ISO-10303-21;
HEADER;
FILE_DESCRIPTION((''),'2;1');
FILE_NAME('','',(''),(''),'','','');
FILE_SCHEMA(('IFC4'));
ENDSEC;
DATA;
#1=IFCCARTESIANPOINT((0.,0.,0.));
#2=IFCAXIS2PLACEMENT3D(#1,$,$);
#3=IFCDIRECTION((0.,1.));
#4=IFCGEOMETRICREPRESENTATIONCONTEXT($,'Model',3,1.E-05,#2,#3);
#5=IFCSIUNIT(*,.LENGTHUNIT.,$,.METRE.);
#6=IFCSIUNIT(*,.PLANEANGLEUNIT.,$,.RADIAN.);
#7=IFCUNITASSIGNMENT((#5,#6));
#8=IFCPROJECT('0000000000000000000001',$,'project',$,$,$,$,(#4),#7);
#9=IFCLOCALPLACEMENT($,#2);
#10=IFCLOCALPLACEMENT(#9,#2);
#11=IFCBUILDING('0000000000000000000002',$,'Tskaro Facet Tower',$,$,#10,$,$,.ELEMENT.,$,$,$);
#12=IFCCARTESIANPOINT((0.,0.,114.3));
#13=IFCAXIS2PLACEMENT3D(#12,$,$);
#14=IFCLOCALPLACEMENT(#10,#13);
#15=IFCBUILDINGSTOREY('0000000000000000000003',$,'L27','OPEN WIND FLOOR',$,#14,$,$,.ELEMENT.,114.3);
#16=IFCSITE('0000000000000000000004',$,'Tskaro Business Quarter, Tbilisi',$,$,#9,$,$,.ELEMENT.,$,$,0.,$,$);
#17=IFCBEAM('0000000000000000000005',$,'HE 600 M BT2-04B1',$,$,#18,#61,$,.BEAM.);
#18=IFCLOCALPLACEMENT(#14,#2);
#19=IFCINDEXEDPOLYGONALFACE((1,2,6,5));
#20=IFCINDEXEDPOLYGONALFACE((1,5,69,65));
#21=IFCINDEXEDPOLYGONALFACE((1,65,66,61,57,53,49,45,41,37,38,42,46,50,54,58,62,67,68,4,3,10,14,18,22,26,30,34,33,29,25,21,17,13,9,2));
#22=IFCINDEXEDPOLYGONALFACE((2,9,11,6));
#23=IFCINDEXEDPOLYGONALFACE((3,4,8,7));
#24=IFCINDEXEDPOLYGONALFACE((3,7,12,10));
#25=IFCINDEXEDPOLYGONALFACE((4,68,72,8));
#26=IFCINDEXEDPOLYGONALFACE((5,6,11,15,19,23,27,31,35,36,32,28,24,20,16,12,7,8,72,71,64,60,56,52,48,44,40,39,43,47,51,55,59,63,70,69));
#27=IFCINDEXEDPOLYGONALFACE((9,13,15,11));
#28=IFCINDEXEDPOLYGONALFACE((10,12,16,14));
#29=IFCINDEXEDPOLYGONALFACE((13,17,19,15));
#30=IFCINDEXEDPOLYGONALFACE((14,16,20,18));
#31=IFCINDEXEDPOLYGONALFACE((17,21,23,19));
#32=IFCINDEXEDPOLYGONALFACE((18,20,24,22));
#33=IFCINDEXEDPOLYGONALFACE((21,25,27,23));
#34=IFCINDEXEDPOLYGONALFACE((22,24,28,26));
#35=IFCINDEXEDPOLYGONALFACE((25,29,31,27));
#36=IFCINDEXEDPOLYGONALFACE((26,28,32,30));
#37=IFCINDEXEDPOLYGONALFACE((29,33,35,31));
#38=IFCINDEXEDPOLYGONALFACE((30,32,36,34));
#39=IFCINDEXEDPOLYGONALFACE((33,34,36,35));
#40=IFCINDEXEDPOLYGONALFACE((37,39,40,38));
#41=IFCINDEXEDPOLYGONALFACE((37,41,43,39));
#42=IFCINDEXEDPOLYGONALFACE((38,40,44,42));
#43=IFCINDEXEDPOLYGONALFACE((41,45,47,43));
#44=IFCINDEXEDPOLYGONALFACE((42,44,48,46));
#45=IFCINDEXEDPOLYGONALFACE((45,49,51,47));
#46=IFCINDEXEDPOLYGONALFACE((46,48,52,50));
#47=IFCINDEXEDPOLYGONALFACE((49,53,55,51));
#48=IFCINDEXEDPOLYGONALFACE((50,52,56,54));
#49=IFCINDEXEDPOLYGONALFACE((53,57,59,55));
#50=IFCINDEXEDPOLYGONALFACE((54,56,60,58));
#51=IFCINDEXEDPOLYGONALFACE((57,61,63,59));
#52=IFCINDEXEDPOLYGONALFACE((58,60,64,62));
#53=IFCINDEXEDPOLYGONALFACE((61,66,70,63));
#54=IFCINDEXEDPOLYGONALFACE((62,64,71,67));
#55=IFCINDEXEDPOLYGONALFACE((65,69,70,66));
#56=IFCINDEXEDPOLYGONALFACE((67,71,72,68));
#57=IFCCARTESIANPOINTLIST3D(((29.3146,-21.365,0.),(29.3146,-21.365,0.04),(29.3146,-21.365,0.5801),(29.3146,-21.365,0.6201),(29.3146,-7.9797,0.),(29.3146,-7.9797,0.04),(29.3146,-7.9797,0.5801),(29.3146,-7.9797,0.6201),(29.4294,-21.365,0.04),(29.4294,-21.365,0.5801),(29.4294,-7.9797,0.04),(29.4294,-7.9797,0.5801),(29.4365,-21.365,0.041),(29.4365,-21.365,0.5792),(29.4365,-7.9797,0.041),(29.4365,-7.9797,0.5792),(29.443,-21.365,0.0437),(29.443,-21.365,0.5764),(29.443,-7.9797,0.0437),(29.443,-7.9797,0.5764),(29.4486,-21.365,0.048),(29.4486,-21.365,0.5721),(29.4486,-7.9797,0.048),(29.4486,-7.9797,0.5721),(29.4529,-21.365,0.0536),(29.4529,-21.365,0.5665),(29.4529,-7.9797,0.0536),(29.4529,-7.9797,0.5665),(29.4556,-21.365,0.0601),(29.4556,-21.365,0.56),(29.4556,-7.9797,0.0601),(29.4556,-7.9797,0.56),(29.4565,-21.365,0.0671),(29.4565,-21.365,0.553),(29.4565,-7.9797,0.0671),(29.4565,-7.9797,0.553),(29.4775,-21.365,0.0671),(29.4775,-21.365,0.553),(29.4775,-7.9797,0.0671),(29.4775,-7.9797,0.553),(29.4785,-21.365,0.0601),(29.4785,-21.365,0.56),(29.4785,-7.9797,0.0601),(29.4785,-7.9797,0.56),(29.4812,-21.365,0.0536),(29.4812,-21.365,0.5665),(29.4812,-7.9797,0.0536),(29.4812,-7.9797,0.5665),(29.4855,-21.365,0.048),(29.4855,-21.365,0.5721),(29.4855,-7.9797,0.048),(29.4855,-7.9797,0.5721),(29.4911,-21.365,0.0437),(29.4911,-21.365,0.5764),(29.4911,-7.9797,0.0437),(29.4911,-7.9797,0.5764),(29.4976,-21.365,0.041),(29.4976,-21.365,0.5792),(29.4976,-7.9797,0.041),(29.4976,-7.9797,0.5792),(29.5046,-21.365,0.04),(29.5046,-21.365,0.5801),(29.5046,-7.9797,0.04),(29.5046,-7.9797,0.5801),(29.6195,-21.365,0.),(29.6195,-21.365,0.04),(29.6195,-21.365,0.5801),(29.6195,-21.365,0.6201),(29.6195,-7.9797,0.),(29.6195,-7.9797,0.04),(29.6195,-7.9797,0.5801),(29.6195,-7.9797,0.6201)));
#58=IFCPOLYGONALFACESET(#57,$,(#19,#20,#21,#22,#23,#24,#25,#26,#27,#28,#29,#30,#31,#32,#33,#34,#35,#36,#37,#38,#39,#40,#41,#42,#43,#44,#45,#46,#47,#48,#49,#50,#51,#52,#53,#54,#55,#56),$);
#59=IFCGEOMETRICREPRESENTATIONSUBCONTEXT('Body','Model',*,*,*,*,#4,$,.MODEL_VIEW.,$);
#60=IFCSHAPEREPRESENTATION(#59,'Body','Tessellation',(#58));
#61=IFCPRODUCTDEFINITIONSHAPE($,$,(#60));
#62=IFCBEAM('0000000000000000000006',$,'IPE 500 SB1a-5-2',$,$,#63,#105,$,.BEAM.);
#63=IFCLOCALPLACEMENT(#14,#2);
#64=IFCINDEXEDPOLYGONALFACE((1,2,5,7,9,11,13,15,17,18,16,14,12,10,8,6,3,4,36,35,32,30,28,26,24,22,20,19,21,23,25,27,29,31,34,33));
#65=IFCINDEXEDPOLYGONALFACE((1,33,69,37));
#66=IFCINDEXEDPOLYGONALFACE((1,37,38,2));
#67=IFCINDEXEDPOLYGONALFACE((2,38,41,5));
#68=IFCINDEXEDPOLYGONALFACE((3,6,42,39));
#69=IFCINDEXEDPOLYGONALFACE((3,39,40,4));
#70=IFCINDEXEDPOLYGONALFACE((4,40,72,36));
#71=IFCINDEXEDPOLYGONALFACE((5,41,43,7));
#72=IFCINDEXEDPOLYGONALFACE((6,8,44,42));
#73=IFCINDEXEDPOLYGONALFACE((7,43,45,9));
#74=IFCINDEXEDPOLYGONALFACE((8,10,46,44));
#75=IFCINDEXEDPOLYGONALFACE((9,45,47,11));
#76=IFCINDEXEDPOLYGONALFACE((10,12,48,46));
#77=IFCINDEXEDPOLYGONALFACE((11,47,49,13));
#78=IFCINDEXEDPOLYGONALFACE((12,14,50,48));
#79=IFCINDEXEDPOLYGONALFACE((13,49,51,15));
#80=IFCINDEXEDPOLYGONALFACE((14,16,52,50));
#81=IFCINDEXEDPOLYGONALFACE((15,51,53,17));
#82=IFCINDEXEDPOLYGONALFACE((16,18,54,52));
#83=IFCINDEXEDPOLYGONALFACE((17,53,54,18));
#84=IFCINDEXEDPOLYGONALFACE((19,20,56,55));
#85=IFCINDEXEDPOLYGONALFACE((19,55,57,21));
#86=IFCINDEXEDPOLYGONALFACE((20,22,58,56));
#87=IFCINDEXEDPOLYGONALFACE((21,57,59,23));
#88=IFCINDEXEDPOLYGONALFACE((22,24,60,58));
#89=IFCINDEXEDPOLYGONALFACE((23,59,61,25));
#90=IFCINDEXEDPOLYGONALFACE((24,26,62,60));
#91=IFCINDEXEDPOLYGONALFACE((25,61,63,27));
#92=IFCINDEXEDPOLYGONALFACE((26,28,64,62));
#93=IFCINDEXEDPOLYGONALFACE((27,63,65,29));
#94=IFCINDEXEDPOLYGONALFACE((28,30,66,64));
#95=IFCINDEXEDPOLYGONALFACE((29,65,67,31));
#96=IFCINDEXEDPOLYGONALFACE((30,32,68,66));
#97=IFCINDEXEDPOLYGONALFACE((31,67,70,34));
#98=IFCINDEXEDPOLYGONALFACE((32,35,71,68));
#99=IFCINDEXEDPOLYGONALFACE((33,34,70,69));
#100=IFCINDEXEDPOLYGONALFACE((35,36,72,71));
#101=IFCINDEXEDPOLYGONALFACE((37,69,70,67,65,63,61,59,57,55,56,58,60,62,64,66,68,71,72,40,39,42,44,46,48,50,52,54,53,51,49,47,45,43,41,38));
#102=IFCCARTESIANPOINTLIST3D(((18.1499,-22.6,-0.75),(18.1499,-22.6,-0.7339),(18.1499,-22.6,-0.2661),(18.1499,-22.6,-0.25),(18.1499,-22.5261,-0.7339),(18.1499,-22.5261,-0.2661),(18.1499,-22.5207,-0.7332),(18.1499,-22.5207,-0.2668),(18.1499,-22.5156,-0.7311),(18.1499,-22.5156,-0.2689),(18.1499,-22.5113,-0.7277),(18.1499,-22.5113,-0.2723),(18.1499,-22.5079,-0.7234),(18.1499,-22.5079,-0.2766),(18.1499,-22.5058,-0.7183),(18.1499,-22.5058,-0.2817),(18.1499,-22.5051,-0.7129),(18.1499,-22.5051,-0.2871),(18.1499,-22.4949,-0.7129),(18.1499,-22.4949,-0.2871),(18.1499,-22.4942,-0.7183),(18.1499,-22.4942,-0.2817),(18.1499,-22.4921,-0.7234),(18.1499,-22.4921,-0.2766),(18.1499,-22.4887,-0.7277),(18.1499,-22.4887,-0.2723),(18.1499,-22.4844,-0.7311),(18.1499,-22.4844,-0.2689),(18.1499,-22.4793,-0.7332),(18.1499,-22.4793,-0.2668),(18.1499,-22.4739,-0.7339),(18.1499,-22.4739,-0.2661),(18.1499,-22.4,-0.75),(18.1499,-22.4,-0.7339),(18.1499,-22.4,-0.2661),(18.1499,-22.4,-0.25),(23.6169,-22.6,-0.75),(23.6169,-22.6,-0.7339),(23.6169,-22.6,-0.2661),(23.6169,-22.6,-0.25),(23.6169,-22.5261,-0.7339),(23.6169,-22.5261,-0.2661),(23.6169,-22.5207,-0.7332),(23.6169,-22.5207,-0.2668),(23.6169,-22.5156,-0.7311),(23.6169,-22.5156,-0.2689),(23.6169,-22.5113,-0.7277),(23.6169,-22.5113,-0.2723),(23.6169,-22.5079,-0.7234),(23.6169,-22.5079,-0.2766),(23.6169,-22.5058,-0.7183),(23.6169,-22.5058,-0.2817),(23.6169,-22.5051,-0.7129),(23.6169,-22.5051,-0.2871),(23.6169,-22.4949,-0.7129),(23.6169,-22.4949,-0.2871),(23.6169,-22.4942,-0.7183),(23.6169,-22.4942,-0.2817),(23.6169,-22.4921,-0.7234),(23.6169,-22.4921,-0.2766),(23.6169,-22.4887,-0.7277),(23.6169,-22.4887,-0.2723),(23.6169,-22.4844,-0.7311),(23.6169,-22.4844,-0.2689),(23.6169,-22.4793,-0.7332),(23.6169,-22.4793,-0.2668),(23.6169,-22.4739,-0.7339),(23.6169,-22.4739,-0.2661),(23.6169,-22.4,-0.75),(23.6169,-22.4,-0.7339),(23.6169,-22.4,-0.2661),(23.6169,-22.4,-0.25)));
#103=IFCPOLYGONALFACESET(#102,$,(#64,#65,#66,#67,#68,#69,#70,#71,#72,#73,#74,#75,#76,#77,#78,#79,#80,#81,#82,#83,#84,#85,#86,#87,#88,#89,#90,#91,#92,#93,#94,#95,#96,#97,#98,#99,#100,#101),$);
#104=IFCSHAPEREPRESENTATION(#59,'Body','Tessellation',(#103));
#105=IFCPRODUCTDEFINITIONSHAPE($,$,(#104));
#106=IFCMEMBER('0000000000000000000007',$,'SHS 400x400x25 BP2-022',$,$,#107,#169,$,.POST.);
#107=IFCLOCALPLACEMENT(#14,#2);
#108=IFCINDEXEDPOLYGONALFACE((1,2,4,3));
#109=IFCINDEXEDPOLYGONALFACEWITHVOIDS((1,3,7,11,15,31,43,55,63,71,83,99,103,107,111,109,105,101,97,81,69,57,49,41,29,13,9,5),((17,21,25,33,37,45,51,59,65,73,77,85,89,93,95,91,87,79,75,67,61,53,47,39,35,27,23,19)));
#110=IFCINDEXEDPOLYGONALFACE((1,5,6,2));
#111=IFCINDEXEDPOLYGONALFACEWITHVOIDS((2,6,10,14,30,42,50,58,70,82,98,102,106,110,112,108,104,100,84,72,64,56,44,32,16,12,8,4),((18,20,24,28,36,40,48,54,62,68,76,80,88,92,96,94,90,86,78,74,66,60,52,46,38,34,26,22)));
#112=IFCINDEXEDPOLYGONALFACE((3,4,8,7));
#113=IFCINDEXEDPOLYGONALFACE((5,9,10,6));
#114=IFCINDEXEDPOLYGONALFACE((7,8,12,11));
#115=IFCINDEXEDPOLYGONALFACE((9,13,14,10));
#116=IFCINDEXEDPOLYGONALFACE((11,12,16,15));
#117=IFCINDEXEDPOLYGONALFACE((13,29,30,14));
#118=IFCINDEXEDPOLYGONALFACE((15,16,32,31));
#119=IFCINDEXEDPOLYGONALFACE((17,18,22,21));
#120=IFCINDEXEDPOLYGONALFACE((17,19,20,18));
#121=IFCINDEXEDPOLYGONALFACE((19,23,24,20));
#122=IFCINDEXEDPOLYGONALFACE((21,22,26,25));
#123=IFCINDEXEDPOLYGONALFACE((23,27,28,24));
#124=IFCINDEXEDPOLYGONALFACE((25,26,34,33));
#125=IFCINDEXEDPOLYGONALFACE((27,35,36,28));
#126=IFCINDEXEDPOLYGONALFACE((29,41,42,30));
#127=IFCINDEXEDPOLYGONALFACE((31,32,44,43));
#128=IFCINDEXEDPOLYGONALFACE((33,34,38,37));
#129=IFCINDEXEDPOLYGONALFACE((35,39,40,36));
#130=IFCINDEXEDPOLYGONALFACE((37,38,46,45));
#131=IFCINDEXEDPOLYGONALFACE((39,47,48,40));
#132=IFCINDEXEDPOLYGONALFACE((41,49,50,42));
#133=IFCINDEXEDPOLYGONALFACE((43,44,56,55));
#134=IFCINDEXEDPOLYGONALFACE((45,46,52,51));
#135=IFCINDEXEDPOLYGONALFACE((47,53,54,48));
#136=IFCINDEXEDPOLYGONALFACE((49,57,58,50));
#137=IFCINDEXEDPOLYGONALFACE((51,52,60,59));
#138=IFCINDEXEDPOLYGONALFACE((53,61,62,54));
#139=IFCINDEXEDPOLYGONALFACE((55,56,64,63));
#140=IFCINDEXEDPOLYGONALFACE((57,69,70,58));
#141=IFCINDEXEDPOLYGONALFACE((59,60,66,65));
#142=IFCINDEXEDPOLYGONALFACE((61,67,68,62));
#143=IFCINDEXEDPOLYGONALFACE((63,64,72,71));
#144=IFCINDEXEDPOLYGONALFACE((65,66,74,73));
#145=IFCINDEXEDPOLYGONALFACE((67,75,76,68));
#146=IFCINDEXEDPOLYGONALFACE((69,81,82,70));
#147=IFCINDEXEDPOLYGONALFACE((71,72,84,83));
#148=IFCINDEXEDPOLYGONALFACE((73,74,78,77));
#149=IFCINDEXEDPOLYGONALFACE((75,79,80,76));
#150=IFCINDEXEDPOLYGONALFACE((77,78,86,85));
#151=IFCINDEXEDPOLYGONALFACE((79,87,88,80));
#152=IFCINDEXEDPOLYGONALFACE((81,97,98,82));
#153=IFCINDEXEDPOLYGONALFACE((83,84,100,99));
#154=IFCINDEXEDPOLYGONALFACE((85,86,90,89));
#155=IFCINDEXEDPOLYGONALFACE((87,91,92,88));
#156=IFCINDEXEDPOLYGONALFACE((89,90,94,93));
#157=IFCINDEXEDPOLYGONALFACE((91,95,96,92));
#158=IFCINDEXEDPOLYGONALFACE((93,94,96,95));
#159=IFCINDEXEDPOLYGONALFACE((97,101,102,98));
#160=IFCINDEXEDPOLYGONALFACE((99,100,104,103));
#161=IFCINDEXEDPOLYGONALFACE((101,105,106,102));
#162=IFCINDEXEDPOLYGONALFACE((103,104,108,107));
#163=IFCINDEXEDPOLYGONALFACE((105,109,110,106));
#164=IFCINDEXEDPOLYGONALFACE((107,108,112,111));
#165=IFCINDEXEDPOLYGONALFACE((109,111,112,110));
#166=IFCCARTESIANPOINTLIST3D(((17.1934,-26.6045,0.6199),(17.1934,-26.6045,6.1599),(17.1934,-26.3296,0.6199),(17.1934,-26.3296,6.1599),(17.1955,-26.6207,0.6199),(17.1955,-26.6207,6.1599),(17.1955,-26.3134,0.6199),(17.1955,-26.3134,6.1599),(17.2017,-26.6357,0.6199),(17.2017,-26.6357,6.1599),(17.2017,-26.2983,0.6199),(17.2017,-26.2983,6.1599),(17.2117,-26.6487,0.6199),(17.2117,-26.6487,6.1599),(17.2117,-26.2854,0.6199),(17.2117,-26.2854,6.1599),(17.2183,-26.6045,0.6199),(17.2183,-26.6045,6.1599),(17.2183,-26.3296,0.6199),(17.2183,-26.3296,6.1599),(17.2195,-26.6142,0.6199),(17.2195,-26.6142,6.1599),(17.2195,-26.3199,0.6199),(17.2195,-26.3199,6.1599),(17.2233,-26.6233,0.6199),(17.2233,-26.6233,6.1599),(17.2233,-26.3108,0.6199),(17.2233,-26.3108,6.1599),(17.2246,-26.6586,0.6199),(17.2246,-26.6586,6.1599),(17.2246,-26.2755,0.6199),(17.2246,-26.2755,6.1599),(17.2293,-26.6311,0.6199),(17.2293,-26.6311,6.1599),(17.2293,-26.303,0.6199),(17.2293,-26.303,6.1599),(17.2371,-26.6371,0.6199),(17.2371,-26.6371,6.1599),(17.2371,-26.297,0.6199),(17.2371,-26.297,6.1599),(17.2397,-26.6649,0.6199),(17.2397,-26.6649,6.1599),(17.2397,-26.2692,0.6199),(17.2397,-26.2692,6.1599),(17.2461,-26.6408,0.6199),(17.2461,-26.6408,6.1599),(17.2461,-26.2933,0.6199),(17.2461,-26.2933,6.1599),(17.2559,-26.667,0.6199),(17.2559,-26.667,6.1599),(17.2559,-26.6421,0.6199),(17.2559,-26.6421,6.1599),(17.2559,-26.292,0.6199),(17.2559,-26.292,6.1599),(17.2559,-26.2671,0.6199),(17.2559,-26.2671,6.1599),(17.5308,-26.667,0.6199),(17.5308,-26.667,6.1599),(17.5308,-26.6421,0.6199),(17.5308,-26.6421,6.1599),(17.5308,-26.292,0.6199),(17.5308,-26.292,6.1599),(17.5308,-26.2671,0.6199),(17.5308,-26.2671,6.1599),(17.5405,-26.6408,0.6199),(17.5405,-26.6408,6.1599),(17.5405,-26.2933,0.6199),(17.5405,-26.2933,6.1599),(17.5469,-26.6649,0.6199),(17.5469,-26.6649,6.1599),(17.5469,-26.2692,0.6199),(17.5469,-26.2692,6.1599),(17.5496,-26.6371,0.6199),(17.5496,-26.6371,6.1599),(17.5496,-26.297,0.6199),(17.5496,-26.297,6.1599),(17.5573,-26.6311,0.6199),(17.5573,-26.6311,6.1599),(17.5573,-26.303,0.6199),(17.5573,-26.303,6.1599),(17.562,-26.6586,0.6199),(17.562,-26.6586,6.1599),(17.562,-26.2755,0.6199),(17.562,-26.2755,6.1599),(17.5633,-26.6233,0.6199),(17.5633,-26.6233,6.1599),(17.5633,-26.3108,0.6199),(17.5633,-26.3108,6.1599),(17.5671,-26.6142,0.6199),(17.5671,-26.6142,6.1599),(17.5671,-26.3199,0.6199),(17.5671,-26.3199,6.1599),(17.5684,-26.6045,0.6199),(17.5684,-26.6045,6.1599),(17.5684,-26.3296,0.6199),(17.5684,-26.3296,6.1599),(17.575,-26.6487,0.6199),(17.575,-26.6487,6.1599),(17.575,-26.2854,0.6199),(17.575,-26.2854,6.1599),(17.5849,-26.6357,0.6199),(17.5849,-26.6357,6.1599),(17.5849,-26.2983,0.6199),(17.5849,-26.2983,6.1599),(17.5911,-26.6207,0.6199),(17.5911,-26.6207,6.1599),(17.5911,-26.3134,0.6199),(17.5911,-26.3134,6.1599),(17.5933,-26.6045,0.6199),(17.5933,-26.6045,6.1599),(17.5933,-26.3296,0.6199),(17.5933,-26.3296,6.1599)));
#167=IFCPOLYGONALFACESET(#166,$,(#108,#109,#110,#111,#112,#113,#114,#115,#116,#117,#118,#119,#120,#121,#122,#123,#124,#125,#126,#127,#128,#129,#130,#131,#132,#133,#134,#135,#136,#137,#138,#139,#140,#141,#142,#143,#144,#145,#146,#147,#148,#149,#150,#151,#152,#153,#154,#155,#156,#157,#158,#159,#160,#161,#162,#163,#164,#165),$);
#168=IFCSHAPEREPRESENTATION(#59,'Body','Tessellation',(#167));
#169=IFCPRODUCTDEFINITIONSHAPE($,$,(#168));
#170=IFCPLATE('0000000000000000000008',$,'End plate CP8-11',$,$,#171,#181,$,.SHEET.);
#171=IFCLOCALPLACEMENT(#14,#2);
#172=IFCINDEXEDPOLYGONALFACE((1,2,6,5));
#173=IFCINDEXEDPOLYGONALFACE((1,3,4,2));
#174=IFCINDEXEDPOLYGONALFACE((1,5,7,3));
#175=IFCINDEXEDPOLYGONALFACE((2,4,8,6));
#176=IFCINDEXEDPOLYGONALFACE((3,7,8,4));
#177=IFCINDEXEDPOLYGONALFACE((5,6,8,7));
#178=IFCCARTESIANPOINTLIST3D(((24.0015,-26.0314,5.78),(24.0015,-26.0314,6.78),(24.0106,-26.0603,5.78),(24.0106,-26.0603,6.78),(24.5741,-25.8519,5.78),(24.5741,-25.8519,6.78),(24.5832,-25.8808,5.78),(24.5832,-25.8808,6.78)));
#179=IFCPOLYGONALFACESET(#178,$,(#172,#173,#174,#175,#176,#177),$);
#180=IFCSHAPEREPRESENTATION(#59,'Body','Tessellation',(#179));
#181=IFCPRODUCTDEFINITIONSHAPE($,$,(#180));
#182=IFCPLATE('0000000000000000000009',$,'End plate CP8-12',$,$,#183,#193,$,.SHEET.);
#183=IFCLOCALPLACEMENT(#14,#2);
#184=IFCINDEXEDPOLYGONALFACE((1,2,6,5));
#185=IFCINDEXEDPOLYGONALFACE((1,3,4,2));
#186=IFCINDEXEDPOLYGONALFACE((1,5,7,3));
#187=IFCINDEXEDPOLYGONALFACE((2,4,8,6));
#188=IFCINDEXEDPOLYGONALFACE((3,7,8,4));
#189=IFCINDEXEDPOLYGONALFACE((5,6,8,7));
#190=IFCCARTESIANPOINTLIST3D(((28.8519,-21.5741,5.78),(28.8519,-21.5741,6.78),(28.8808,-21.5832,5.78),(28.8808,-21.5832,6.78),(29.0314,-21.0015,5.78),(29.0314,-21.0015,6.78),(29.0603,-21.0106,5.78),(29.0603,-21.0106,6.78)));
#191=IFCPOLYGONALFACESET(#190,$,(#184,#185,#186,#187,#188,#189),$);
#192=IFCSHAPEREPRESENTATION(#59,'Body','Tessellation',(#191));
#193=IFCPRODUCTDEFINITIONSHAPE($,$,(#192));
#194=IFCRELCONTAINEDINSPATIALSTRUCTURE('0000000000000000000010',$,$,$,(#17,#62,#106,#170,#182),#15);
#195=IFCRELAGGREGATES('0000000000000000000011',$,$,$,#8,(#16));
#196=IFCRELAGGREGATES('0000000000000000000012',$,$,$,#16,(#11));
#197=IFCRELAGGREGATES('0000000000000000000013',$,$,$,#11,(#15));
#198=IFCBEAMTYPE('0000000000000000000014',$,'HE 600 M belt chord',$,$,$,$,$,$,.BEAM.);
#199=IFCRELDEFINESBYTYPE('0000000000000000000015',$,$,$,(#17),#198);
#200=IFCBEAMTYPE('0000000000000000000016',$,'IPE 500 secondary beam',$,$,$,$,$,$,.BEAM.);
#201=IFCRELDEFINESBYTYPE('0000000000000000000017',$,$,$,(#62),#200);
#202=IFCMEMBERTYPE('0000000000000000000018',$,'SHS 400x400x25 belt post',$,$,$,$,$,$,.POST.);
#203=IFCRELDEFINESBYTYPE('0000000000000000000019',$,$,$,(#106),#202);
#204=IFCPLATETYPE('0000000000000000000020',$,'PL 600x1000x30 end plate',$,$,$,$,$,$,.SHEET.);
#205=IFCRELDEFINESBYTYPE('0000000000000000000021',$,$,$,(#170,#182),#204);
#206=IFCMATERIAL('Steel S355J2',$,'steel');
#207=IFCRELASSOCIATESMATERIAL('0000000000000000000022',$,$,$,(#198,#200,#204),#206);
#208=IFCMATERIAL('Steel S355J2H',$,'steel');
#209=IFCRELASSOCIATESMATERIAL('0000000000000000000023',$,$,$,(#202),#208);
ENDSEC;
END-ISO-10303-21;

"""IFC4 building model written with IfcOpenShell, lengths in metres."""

from ifc_helpers import new_model, si_unit, direction, frame, origin, origin_2d, place, context, subcontext, project, spatial, rectangle, hollow_rectangle, i_section, extrude, material, material_profile, profile_set, type_object, element, save


model = new_model("IFC4")

# Units and contexts
model_context = context("Model", 3, precision=1e-05, world=origin(), true_north=direction((0.0, 1.0)))
body_context = subcontext(model_context, "Body", "Model", "MODEL_VIEW")
ifc_project = project(units=[si_unit("LENGTHUNIT", "METRE"), si_unit("PLANEANGLEUNIT", "RADIAN")], contexts=[model_context])

# Site, building, storey
site_placement = place(None, origin())
site = spatial("IfcSite", under=ifc_project, at=site_placement, Name="Tskaro Business Quarter, Tbilisi", CompositionType="ELEMENT", RefElevation=0.0)
building_placement = place(site_placement, origin())
building = spatial("IfcBuilding", under=site, at=building_placement, Name="Tskaro Facet Tower", CompositionType="ELEMENT")
storey_placement = place(building_placement, frame((0.0, 0.0, 114.3)))
storey = spatial("IfcBuildingStorey", under=building, at=storey_placement, Name="L27", Description="OPEN WIND FLOOR", CompositionType="ELEMENT", Elevation=114.3)

# Shared definitions
ifc_material_1 = material(Name="Steel S355J2H", Category="steel")

# Shared definitions
ifc_material_2 = material(Name="Steel S355J2", Category="steel")

# Beams
ifc_material_profile_1 = material_profile(ifc_material_2, i_section(OverallWidth=0.3049, OverallDepth=0.6201, WebThickness=0.021, FlangeThickness=0.04, FilletRadius=0.0271, at=origin_2d()), Name="HE 600 M")
ifc_profile_set_1 = profile_set([ifc_material_profile_1], Name="Steel S355J2")
beam_type_1 = type_object("IfcBeamType", Name="HE 600 M belt chord", PredefinedType="BEAM", material=ifc_profile_set_1)
beam_1_placement = place(storey_placement, frame((29.467, -21.365, 0.3101), z_axis=(0.0, 1.0, 0.0), x_axis=(-1.0, 0.0, 0.0)))
element("IfcBeam", 1, at=beam_1_placement, inside=storey, type_object=beam_type_1, Name="HE 600 M BT2-04B1", PredefinedType="BEAM", context=body_context, shape_type="SweptSolid", body=[
    extrude(i_section(OverallWidth=0.3049, OverallDepth=0.6201, WebThickness=0.021, FlangeThickness=0.04, FilletRadius=0.0271, at=origin_2d()), origin(), (0.0, 0.0, 1.0), 13.3853),
])
ifc_material_profile_2 = material_profile(ifc_material_2, i_section(OverallWidth=0.2, OverallDepth=0.5, WebThickness=0.0103, FlangeThickness=0.0161, FilletRadius=0.021, at=origin_2d()), Name="IPE 500")
ifc_profile_set_2 = profile_set([ifc_material_profile_2], Name="Steel S355J2")
beam_type_2 = type_object("IfcBeamType", Name="IPE 500 secondary beam", PredefinedType="BEAM", material=ifc_profile_set_2)
beam_2_placement = place(storey_placement, frame((18.1499, -22.5, -0.5), z_axis=(1.0, 0.0, 0.0), x_axis=(0.0, 1.0, 0.0)))
element("IfcBeam", 2, at=beam_2_placement, inside=storey, type_object=beam_type_2, Name="IPE 500 SB1a-5-2", PredefinedType="BEAM", context=body_context, shape_type="SweptSolid", body=[
    extrude(i_section(OverallWidth=0.2, OverallDepth=0.5, WebThickness=0.0103, FlangeThickness=0.0161, FilletRadius=0.021, at=origin_2d()), origin(), (0.0, 0.0, 1.0), 5.467),
])

# Member
ifc_material_profile_3 = material_profile(ifc_material_1, hollow_rectangle(XDim=0.3999, YDim=0.3999, WallThickness=0.0249, InnerFilletRadius=0.0376, OuterFilletRadius=0.0625, at=origin_2d()), Name="SHS 400x400x25")
ifc_profile_set_3 = profile_set([ifc_material_profile_3], Name="Steel S355J2H")
member_type_1 = type_object("IfcMemberType", Name="SHS 400x400x25 belt post", PredefinedType="POST", material=ifc_profile_set_3)
member_1_placement = place(storey_placement, frame((17.3933, -26.467, 0.6199), z_axis=(0.0, 0.0, 1.0), x_axis=(1.0, 0.0, 0.0)))
element("IfcMember", 3, at=member_1_placement, inside=storey, type_object=member_type_1, Name="SHS 400x400x25 BP2-022", PredefinedType="POST", context=body_context, shape_type="SweptSolid", body=[
    extrude(hollow_rectangle(XDim=0.3999, YDim=0.3999, WallThickness=0.0249, InnerFilletRadius=0.0376, OuterFilletRadius=0.0625, at=origin_2d()), origin(), (0.0, 0.0, 1.0), 5.54),
])

# Plates
ifc_material_profile_4 = material_profile(ifc_material_2, rectangle(XDim=0.6001, YDim=1.0, at=origin_2d()), Name="PL 600x1000x30 end plate")
ifc_profile_set_4 = profile_set([ifc_material_profile_4], Name="Steel S355J2")
plate_type = type_object("IfcPlateType", Name="PL 600x1000x30 end plate", PredefinedType="SHEET", material=ifc_profile_set_4)
for number, where, z_axis, x_axis, name in (
    (4, (24.2878, -25.9417, 6.28), (0.299196, -0.954192, 0.0), (0.954192, 0.299196, 0.0), "End plate CP8-11"),
    (5, (28.9417, -21.2878, 6.28), (0.954192, -0.299196, 0.0), (0.299196, 0.954192, 0.0), "End plate CP8-12"),
):
    element("IfcPlate", number, at=place(storey_placement, frame(where, z_axis=z_axis, x_axis=x_axis)), inside=storey, type_object=plate_type, Name=name, PredefinedType="SHEET", context=body_context, shape_type="SweptSolid", body=[
        extrude(rectangle(XDim=0.6001, YDim=1.0, at=origin_2d()), origin(), (0.0, 0.0, 1.0), 0.0303),
    ])

save(model, "model.ifc")
